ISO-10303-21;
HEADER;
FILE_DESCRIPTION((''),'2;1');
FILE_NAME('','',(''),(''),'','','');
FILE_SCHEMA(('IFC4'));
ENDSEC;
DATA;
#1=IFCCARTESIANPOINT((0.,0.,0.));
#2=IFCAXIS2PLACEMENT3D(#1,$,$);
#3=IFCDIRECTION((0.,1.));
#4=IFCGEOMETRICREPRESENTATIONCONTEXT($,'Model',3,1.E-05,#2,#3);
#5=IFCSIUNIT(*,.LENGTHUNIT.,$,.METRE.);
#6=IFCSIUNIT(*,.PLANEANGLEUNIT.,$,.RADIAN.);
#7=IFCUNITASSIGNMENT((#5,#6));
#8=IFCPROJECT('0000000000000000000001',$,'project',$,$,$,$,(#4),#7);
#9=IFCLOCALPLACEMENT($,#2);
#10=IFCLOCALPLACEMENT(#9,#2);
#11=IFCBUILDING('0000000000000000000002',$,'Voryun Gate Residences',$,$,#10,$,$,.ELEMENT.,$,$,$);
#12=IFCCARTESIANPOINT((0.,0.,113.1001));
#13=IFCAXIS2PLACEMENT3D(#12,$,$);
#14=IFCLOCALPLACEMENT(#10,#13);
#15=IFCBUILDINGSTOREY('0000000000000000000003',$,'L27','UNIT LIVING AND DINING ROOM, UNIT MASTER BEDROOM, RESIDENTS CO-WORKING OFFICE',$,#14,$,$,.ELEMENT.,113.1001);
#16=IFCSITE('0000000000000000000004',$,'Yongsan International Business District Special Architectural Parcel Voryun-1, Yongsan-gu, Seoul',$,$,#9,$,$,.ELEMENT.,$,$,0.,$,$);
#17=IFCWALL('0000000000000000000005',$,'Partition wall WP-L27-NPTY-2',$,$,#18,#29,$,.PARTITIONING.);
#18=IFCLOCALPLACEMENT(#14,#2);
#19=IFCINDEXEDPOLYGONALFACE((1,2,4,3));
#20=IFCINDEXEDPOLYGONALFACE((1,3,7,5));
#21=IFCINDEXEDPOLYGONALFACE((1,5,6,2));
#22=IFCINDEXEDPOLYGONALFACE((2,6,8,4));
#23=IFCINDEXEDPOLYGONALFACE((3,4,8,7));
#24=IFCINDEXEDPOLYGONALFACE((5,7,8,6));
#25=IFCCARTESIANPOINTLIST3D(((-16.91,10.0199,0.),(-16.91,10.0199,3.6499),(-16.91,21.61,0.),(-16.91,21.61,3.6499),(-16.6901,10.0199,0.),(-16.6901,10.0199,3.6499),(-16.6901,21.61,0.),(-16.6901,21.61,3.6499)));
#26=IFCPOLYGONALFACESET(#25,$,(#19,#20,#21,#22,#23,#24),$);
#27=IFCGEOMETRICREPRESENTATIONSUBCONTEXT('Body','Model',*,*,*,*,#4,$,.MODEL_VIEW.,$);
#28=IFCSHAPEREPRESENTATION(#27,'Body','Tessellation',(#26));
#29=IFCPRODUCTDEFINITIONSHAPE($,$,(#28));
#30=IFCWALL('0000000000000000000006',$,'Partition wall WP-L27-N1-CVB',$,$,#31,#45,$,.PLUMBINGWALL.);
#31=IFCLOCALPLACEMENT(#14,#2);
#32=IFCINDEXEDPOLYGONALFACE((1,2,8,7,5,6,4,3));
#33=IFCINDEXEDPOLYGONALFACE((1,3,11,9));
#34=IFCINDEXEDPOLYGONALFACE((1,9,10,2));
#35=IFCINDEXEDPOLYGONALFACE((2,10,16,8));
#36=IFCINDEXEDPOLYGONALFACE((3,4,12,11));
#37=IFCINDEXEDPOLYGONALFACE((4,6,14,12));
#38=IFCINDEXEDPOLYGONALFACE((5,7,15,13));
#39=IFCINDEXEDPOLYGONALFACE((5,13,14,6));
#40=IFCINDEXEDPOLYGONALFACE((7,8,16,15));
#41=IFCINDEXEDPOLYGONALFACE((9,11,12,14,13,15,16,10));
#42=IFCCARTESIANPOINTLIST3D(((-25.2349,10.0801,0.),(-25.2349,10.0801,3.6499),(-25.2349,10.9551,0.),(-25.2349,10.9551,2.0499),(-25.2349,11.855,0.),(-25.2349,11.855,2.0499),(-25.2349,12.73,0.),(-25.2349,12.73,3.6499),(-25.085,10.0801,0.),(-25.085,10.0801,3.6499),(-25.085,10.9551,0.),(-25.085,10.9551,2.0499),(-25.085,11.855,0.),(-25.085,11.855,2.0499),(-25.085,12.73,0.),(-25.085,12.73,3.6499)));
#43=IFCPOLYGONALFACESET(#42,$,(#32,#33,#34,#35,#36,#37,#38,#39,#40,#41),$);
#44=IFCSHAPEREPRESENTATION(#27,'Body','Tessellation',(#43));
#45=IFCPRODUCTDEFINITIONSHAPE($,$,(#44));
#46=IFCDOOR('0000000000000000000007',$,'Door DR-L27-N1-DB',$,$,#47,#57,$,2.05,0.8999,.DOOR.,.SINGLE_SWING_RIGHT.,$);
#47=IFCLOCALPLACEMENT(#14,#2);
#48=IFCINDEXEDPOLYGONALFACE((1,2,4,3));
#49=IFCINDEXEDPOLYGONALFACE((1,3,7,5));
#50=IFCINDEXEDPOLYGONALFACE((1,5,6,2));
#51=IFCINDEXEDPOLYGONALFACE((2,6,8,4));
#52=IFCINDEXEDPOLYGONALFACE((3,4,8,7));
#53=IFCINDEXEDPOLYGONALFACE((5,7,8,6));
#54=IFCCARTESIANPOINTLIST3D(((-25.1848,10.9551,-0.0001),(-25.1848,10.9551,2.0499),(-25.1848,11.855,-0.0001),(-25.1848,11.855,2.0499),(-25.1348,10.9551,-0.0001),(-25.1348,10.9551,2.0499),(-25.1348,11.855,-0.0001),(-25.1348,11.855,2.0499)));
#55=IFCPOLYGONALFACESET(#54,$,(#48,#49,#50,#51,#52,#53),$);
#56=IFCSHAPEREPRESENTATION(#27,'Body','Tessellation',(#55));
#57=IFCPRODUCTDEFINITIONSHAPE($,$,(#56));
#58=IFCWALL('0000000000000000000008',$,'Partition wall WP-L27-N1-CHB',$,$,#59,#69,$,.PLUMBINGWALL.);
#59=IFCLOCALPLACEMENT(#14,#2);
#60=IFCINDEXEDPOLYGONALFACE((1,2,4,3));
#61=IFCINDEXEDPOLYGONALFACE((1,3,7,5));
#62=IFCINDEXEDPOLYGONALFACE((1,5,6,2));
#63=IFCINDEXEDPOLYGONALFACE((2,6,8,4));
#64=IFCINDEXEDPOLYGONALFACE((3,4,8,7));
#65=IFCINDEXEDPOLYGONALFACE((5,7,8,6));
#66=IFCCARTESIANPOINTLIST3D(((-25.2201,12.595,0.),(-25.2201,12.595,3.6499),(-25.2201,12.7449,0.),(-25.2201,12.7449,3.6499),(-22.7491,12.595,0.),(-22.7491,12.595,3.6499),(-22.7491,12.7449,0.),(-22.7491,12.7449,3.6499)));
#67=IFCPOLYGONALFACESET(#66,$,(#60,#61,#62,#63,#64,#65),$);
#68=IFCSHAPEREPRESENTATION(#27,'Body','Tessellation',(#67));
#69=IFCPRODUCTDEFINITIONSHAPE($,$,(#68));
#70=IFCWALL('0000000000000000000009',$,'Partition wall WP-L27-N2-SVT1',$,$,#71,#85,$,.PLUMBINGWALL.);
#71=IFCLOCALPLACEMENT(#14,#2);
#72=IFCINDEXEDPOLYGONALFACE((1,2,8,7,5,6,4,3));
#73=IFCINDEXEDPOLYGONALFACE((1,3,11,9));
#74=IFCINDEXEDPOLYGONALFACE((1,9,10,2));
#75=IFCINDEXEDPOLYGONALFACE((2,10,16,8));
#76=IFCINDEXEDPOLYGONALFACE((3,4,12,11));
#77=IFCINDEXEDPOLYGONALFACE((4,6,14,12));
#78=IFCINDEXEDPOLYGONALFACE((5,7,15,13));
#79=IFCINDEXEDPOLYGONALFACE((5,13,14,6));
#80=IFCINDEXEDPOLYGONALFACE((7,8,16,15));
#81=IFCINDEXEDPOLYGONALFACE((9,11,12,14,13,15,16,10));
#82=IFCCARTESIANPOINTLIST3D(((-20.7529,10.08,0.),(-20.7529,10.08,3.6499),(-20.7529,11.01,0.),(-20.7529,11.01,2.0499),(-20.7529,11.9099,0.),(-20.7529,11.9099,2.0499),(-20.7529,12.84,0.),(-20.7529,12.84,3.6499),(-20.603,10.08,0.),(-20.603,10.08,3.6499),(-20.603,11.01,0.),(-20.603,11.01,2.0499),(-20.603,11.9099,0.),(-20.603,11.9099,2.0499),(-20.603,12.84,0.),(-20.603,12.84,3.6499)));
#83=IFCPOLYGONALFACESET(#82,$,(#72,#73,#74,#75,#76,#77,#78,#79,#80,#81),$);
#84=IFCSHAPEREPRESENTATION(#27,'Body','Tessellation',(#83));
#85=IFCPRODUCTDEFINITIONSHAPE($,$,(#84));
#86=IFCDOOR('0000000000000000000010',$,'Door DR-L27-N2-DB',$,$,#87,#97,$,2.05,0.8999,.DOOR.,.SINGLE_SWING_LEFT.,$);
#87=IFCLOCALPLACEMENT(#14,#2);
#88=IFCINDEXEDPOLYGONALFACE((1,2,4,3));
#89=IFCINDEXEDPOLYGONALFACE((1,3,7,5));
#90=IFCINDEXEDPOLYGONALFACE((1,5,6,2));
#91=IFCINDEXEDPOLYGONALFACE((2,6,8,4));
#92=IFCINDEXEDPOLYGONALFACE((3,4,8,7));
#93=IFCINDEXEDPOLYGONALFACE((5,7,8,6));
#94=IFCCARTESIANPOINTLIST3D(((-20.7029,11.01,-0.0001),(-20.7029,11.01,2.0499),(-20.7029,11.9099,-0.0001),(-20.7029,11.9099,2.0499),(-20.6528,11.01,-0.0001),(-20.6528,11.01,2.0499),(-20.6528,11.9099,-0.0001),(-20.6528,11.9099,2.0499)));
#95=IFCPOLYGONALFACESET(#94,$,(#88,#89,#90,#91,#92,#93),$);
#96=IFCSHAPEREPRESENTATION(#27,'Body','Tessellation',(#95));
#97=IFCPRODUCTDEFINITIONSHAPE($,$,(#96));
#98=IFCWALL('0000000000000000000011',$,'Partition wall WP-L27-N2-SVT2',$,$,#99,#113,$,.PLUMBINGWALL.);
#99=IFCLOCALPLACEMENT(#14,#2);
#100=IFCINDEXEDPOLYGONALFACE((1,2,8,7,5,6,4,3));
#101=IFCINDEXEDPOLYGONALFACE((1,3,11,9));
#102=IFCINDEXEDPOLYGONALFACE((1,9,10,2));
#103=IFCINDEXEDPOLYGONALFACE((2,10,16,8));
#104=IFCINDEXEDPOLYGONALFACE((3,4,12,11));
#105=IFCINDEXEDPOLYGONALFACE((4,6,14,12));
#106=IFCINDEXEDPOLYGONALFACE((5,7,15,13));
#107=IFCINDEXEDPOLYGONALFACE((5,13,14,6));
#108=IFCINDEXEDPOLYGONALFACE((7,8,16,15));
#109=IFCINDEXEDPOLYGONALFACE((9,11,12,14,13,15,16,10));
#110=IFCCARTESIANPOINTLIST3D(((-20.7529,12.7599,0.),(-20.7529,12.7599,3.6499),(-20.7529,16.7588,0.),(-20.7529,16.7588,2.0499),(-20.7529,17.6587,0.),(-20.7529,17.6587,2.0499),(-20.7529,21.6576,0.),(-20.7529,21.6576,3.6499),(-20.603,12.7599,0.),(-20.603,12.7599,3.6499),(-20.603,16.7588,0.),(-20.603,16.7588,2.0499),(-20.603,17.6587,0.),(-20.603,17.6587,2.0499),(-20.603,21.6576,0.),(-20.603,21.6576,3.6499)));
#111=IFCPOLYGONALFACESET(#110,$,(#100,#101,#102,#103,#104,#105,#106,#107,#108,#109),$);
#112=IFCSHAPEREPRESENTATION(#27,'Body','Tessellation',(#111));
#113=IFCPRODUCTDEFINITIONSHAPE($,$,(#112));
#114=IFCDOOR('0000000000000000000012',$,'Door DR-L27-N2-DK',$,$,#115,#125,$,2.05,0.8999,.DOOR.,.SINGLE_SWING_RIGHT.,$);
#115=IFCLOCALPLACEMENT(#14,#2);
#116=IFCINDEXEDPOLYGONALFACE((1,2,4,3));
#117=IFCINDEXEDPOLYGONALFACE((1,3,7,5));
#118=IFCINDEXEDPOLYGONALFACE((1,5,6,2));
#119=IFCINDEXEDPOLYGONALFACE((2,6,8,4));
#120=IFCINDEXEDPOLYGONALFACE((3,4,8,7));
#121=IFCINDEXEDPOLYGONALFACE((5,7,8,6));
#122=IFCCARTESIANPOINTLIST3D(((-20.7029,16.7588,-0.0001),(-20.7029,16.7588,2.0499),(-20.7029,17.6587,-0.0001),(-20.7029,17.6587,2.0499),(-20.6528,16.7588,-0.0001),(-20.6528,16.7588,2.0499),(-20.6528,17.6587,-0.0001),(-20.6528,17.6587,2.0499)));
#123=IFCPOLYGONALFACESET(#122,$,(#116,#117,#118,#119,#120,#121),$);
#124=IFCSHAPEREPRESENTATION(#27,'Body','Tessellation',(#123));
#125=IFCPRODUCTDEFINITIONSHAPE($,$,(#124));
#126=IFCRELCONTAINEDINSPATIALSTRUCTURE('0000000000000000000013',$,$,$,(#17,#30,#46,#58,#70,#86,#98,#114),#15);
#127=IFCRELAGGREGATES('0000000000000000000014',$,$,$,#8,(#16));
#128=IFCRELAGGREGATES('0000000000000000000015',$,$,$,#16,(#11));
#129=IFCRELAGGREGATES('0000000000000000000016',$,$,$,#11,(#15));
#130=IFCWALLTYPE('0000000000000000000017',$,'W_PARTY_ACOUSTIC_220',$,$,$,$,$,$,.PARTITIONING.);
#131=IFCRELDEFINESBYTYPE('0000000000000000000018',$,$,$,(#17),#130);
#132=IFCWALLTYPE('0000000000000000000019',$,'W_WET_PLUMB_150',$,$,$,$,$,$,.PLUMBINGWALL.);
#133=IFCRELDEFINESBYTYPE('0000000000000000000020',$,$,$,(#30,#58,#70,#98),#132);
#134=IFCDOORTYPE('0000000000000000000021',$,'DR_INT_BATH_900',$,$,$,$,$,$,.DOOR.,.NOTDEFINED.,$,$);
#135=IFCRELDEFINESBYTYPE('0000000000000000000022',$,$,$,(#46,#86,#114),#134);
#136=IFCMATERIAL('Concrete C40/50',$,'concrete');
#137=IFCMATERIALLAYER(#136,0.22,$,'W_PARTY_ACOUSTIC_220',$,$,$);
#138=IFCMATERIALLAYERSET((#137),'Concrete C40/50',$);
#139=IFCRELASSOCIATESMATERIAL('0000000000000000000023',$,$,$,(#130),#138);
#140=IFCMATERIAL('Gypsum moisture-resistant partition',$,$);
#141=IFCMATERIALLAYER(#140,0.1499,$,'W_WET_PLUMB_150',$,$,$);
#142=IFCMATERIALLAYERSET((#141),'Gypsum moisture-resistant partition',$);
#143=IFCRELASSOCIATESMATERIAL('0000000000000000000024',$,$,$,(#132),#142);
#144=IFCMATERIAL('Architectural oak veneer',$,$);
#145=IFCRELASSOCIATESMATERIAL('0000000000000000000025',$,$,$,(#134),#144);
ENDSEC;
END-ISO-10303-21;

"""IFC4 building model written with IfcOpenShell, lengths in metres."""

from ifc_helpers import new_model, si_unit, direction, frame, frame_2d, origin, place, context, subcontext, project, spatial, rectangle, extrude, material, layer, layer_set, type_object, element, fill, save


model = new_model("IFC4")

# Units and contexts
model_context = context("Model", 3, precision=1e-05, world=origin(), true_north=direction((0.0, 1.0)))
body_context = subcontext(model_context, "Body", "Model", "MODEL_VIEW")
ifc_project = project(units=[si_unit("LENGTHUNIT", "METRE"), si_unit("PLANEANGLEUNIT", "RADIAN")], contexts=[model_context])

# Site, building, storey
site_placement = place(None, origin())
site = spatial("IfcSite", under=ifc_project, at=site_placement, Name="Yongsan International Business District Special Architectural Parcel Voryun-1, Yongsan-gu, Seoul", CompositionType="ELEMENT", RefElevation=0.0)
building_placement = place(site_placement, origin())
building = spatial("IfcBuilding", under=site, at=building_placement, Name="Voryun Gate Residences", CompositionType="ELEMENT")
storey_placement = place(building_placement, frame((0.0, 0.0, 113.1001)))
storey = spatial("IfcBuildingStorey", under=building, at=storey_placement, Name="L27", Description="UNIT LIVING AND DINING ROOM, UNIT MASTER BEDROOM, RESIDENTS CO-WORKING OFFICE", CompositionType="ELEMENT", Elevation=113.1001)

# Wall
ifc_material_1 = material(Name="Concrete C40/50", Category="concrete")
ifc_layer_1 = layer(ifc_material_1, 0.22, Name="W_PARTY_ACOUSTIC_220")
ifc_layer_set_1 = layer_set([ifc_layer_1], Name="Concrete C40/50")
wall_type_1 = type_object("IfcWallType", Name="W_PARTY_ACOUSTIC_220", PredefinedType="PARTITIONING", material=ifc_layer_set_1)
wall_1_placement = place(storey_placement, frame((-16.8, 10.02, 0.0), z_axis=(0.0, 0.0, 1.0), x_axis=(0.0, 1.0, 0.0)))
element("IfcWall", 1, at=wall_1_placement, inside=storey, type_object=wall_type_1, Name="Partition wall WP-L27-NPTY-2", PredefinedType="PARTITIONING", context=body_context, shape_type="SweptSolid", body=[
    extrude(rectangle(XDim=11.5901, YDim=0.22, at=frame_2d((5.7949, 0.0))), origin(), (0.0, 0.0, 1.0), 3.6499),
])

# Wall, opening, door
ifc_material_2 = material(Name="Gypsum moisture-resistant partition")
ifc_layer_2 = layer(ifc_material_2, 0.1499, Name="W_WET_PLUMB_150")
ifc_layer_set_2 = layer_set([ifc_layer_2], Name="Gypsum moisture-resistant partition")
wall_type_2 = type_object("IfcWallType", Name="W_WET_PLUMB_150", PredefinedType="PLUMBINGWALL", material=ifc_layer_set_2)
wall_2_placement = place(storey_placement, frame((-25.1599, 10.0801, 0.0), z_axis=(0.0, 0.0, 1.0), x_axis=(0.0, 1.0, 0.0)))
wall_2 = element("IfcWall", 2, at=wall_2_placement, inside=storey, type_object=wall_type_2, Name="Partition wall WP-L27-N1-CVB", PredefinedType="PLUMBINGWALL", context=body_context, shape_type="SweptSolid", body=[
    extrude(rectangle(XDim=2.6499, YDim=0.1499, at=frame_2d((1.325, 0.0))), origin(), (0.0, 0.0, 1.0), 3.6499),
])
opening_1_placement = place(wall_2_placement, frame((0.875, 0.0, 0.0)))
opening_1 = element("IfcOpeningElement", 3, at=opening_1_placement, cuts=wall_2, PredefinedType="OPENING", context=body_context, shape_type="SweptSolid", body=[
    extrude(rectangle(XDim=0.8999, YDim=2.05, at=frame_2d((0.45, 1.0249))), frame((0.0, 0.085, 0.0), z_axis=(0.0, -1.0, 0.0), x_axis=(1.0, 0.0, 0.0)), (0.0, 0.0, 1.0), 0.1699),
])
ifc_material_3 = material(Name="Architectural oak veneer")
door_type = type_object("IfcDoorType", Name="DR_INT_BATH_900", OperationType="NOTDEFINED", PredefinedType="DOOR", material=ifc_material_3)
door_1_placement = place(opening_1_placement, origin())
door_1 = element("IfcDoor", 4, at=door_1_placement, inside=storey, type_object=door_type, Name="Door DR-L27-N1-DB", OperationType="SINGLE_SWING_RIGHT", OverallHeight=2.05, OverallWidth=0.8999, PredefinedType="DOOR", context=body_context, shape_type="SweptSolid", body=[
    extrude(rectangle(XDim=0.8999, YDim=2.05, at=frame_2d((0.45, 1.0249))), frame((0.0, 0.0249, 0.0), z_axis=(0.0, -1.0, 0.0), x_axis=(1.0, 0.0, 0.0)), (0.0, 0.0, 1.0), 0.05),
])
fill(opening_1, door_1)

# Wall
wall_3_placement = place(storey_placement, frame((-25.22, 12.6699, 0.0), z_axis=(0.0, 0.0, 1.0), x_axis=(1.0, 0.0, 0.0)))
element("IfcWall", 5, at=wall_3_placement, inside=storey, type_object=wall_type_2, Name="Partition wall WP-L27-N1-CHB", PredefinedType="PLUMBINGWALL", context=body_context, shape_type="SweptSolid", body=[
    extrude(rectangle(XDim=2.4709, YDim=0.1499, at=frame_2d((1.2354, 0.0))), origin(), (0.0, 0.0, 1.0), 3.6499),
])

# Walls, openings, doors
wall_4_placement = place(storey_placement, frame((-20.678, 10.0801, 0.0), z_axis=(0.0, 0.0, 1.0), x_axis=(0.0, 1.0, 0.0)))
wall_4 = element("IfcWall", 6, at=wall_4_placement, inside=storey, type_object=wall_type_2, Name="Partition wall WP-L27-N2-SVT1", PredefinedType="PLUMBINGWALL", context=body_context, shape_type="SweptSolid", body=[
    extrude(rectangle(XDim=2.76, YDim=0.1499, at=frame_2d((1.3799, 0.0))), origin(), (0.0, 0.0, 1.0), 3.6499),
])
opening_2_placement = place(wall_4_placement, frame((0.9299, 0.0, 0.0)))
opening_2 = element("IfcOpeningElement", 7, at=opening_2_placement, cuts=wall_4, PredefinedType="OPENING", context=body_context, shape_type="SweptSolid", body=[
    extrude(rectangle(XDim=0.8999, YDim=2.05, at=frame_2d((0.45, 1.0249))), frame((0.0, 0.085, 0.0), z_axis=(0.0, -1.0, 0.0), x_axis=(1.0, 0.0, 0.0)), (0.0, 0.0, 1.0), 0.1699),
])
door_2_placement = place(opening_2_placement, origin())
door_2 = element("IfcDoor", 8, at=door_2_placement, inside=storey, type_object=door_type, Name="Door DR-L27-N2-DB", OperationType="SINGLE_SWING_LEFT", OverallHeight=2.05, OverallWidth=0.8999, PredefinedType="DOOR", context=body_context, shape_type="SweptSolid", body=[
    extrude(rectangle(XDim=0.8999, YDim=2.05, at=frame_2d((0.45, 1.0249))), frame((0.0, 0.0249, 0.0), z_axis=(0.0, -1.0, 0.0), x_axis=(1.0, 0.0, 0.0)), (0.0, 0.0, 1.0), 0.05),
])
fill(opening_2, door_2)
wall_5_placement = place(storey_placement, frame((-20.678, 12.76, 0.0), z_axis=(0.0, 0.0, 1.0), x_axis=(0.0, 1.0, 0.0)))
wall_5 = element("IfcWall", 9, at=wall_5_placement, inside=storey, type_object=wall_type_2, Name="Partition wall WP-L27-N2-SVT2", PredefinedType="PLUMBINGWALL", context=body_context, shape_type="SweptSolid", body=[
    extrude(rectangle(XDim=8.8977, YDim=0.1499, at=frame_2d((4.4487, 0.0))), origin(), (0.0, 0.0, 1.0), 3.6499),
])
opening_3_placement = place(wall_5_placement, frame((3.9988, 0.0, 0.0)))
opening_3 = element("IfcOpeningElement", 10, at=opening_3_placement, cuts=wall_5, PredefinedType="OPENING", context=body_context, shape_type="SweptSolid", body=[
    extrude(rectangle(XDim=0.8999, YDim=2.05, at=frame_2d((0.45, 1.0249))), frame((0.0, 0.085, 0.0), z_axis=(0.0, -1.0, 0.0), x_axis=(1.0, 0.0, 0.0)), (0.0, 0.0, 1.0), 0.1699),
])
door_3_placement = place(opening_3_placement, origin())
door_3 = element("IfcDoor", 11, at=door_3_placement, inside=storey, type_object=door_type, Name="Door DR-L27-N2-DK", OperationType="SINGLE_SWING_RIGHT", OverallHeight=2.05, OverallWidth=0.8999, PredefinedType="DOOR", context=body_context, shape_type="SweptSolid", body=[
    extrude(rectangle(XDim=0.8999, YDim=2.05, at=frame_2d((0.45, 1.0249))), frame((0.0, 0.0249, 0.0), z_axis=(0.0, -1.0, 0.0), x_axis=(1.0, 0.0, 0.0)), (0.0, 0.0, 1.0), 0.05),
])
fill(opening_3, door_3)

save(model, "model.ifc")
